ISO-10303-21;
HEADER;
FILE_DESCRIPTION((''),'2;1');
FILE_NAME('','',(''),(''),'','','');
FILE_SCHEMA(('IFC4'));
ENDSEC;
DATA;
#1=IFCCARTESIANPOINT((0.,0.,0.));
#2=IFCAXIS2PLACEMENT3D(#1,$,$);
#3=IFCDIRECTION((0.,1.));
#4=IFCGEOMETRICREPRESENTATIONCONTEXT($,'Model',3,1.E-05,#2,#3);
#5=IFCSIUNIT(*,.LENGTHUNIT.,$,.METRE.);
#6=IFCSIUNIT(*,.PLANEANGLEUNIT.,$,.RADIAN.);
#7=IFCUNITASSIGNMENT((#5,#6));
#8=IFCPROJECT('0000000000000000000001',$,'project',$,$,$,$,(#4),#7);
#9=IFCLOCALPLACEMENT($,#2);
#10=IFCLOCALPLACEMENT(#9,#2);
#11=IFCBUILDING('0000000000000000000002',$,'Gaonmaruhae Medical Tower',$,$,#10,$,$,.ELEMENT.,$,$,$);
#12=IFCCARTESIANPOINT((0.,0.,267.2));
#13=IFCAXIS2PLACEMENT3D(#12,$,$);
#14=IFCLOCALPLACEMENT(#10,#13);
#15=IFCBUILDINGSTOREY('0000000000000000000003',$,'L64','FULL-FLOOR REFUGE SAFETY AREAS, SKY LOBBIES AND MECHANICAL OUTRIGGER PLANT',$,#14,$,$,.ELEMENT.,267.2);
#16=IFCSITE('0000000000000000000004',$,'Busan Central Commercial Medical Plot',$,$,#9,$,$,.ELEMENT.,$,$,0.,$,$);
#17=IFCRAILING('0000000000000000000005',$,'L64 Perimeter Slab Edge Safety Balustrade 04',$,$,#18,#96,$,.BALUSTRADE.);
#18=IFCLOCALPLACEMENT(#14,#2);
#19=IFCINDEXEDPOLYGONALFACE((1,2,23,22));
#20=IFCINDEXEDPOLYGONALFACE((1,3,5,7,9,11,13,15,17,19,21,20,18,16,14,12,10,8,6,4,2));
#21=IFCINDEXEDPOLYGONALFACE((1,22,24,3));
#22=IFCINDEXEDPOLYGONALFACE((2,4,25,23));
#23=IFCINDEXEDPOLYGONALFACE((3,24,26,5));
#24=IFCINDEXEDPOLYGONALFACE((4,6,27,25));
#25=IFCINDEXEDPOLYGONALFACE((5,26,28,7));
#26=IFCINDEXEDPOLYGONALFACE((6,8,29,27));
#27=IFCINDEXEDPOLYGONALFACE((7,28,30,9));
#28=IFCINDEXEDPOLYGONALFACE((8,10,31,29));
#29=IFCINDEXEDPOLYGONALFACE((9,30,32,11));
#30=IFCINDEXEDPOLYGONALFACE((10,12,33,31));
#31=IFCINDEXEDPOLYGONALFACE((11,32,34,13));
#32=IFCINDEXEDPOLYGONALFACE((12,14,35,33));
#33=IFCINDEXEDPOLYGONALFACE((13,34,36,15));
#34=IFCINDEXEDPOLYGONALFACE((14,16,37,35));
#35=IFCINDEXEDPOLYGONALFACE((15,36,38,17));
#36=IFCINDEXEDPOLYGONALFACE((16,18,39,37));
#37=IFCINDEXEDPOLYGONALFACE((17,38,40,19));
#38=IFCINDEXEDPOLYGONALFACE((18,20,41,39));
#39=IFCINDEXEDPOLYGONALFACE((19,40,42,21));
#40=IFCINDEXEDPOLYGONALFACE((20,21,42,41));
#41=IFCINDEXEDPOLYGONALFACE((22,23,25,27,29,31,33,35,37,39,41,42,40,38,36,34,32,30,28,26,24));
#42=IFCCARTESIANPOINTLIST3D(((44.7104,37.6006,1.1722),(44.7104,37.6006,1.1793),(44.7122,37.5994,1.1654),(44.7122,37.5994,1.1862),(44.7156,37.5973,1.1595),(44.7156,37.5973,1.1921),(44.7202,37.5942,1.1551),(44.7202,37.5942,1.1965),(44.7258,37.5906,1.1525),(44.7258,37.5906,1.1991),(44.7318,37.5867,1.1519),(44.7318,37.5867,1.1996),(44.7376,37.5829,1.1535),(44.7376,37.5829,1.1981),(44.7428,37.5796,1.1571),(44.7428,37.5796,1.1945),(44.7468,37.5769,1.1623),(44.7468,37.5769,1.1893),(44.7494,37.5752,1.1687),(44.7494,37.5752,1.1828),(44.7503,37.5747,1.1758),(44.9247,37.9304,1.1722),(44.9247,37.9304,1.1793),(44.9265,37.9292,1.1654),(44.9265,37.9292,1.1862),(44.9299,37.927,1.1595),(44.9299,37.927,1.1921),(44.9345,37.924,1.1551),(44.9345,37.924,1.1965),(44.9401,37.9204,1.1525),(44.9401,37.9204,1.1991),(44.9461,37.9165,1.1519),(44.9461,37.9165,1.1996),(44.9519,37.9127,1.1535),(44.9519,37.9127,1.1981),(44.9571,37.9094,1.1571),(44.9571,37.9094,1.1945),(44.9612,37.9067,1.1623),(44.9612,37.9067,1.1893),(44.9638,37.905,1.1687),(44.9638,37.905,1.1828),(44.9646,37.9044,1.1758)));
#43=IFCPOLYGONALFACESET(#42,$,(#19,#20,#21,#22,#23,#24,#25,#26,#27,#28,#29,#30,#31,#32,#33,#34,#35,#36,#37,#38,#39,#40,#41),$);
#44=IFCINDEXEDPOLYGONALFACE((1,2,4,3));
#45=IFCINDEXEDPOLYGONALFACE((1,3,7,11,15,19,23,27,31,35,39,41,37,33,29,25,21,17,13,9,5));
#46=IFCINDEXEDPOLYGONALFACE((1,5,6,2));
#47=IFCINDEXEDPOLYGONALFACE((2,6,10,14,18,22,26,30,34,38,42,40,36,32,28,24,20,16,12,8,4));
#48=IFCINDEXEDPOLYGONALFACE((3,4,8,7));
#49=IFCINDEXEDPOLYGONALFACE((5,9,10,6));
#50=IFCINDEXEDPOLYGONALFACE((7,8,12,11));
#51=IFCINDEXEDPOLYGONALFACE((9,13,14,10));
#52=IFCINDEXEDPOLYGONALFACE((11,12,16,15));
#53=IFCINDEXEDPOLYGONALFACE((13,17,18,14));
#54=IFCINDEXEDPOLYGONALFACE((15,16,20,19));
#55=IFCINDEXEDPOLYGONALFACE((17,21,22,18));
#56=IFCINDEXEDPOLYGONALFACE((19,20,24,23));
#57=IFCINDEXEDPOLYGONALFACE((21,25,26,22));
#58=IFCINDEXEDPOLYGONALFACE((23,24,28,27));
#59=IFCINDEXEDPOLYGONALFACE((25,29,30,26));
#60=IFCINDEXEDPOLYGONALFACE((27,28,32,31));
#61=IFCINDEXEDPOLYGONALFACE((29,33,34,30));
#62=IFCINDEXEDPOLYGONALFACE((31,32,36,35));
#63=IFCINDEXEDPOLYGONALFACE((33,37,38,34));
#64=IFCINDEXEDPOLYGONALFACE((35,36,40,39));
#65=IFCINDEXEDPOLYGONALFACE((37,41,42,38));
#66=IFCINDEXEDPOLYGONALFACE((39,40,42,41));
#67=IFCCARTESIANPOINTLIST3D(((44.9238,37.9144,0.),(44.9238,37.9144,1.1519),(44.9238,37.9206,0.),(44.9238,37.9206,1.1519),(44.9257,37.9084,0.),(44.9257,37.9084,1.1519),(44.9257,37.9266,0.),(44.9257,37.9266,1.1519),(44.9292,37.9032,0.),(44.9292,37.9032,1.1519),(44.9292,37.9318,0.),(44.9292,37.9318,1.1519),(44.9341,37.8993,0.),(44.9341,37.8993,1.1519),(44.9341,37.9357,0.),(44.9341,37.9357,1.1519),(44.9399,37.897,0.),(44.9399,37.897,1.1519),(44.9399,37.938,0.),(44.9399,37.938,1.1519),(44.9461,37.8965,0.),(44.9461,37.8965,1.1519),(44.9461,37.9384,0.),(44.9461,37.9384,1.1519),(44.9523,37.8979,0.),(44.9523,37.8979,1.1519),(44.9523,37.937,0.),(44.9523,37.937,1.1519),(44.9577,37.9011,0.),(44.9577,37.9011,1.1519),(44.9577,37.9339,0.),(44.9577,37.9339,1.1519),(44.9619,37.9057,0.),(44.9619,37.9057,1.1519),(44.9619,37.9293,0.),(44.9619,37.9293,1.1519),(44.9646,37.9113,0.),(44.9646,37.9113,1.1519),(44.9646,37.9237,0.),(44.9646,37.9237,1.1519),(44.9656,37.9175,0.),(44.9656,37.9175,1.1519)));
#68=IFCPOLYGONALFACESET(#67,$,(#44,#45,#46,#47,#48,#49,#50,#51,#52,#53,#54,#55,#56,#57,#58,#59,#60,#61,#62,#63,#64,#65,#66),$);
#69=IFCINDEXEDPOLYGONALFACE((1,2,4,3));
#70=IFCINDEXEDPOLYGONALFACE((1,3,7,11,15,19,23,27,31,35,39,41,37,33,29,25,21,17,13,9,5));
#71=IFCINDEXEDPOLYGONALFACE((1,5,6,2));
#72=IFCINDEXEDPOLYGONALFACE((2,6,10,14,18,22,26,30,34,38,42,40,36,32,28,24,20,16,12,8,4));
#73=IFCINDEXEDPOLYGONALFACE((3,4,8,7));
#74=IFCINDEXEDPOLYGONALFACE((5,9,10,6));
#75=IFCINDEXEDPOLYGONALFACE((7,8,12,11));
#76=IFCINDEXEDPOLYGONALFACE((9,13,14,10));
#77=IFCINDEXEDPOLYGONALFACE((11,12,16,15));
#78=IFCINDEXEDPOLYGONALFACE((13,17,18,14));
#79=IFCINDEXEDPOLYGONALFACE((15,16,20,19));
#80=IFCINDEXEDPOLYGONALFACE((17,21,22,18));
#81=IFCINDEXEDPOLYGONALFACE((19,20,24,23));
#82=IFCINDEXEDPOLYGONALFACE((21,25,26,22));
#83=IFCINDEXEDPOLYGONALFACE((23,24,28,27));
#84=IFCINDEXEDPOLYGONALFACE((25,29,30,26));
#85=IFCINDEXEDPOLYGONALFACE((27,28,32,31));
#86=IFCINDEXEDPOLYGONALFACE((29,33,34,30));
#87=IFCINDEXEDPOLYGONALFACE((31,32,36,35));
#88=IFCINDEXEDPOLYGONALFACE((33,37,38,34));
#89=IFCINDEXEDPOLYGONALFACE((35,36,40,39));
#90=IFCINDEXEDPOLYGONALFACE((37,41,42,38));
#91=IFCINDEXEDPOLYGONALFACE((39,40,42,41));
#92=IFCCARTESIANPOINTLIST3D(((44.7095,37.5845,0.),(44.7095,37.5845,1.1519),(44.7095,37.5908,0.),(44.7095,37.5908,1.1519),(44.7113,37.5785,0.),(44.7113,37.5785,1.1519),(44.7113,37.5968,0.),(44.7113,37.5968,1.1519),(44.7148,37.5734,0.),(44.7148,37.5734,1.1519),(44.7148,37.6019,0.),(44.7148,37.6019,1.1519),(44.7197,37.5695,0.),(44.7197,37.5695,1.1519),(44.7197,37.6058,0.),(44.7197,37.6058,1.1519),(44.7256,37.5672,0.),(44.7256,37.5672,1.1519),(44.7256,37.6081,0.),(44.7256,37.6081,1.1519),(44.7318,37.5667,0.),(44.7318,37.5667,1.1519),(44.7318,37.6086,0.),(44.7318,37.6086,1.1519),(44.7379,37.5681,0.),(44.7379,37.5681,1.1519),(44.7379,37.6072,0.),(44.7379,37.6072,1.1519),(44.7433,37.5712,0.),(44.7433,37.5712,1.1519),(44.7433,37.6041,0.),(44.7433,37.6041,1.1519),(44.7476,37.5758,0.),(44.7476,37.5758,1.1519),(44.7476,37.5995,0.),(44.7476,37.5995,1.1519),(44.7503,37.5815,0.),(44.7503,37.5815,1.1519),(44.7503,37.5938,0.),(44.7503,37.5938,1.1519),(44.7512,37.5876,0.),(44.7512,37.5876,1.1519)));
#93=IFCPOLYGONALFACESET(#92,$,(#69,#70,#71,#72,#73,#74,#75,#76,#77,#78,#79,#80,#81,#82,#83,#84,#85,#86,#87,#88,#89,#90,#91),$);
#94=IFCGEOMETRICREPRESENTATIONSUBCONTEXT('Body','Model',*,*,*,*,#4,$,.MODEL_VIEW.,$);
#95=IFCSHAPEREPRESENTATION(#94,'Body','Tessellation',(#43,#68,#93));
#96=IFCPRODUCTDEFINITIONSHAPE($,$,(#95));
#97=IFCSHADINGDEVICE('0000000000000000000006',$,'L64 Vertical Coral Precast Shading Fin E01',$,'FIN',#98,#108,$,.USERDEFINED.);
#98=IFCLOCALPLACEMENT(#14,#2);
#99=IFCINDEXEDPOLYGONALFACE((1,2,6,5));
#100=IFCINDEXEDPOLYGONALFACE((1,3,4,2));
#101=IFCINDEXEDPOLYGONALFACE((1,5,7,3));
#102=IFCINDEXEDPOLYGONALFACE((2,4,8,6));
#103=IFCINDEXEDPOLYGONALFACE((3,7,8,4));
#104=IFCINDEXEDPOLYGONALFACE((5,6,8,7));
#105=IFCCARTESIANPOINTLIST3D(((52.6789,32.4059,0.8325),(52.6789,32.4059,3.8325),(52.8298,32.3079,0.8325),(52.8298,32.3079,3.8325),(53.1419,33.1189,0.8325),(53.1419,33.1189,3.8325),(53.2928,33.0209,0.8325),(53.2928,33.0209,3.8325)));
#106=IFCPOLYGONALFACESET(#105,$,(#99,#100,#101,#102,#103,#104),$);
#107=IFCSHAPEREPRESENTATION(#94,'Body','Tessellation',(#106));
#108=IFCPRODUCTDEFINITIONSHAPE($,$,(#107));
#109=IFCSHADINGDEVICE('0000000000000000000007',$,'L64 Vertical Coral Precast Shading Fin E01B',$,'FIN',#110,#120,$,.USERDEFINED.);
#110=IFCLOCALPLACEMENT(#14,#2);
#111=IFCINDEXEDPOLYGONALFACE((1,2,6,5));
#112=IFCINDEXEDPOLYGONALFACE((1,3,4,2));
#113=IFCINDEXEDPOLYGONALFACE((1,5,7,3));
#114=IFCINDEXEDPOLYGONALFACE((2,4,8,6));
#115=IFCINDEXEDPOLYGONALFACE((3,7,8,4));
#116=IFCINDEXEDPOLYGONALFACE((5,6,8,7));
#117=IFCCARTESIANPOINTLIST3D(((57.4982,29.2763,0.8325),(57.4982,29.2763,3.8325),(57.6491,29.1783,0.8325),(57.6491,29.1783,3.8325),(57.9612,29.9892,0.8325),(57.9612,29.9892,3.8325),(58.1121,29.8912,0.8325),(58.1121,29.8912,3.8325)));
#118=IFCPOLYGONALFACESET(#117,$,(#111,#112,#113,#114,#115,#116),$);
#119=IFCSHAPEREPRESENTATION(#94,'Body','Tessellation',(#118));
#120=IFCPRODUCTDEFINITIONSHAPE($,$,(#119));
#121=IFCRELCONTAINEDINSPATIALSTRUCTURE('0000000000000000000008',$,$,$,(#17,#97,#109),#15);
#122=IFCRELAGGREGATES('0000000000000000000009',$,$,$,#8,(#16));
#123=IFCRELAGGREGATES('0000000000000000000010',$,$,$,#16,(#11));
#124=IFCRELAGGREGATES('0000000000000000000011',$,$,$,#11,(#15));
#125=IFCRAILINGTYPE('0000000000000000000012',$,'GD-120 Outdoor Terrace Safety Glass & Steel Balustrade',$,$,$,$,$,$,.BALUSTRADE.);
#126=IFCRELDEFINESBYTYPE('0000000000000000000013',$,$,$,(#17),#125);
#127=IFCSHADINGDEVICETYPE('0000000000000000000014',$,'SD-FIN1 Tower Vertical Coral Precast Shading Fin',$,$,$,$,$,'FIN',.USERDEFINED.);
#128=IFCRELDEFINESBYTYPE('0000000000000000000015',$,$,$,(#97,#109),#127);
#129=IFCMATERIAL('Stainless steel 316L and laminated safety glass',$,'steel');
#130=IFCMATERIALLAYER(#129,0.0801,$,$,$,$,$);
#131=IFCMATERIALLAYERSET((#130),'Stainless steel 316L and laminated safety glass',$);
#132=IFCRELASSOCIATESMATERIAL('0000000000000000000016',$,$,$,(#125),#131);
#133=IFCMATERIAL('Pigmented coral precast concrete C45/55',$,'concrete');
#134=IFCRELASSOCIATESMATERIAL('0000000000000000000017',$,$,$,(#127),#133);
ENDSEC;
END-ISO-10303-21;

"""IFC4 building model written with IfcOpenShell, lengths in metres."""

from ifc_helpers import new_model, si_unit, direction, frame, origin, origin_2d, place, context, subcontext, project, spatial, rectangle, circle, extrude, material, layer, layer_set, type_object, element, save


model = new_model("IFC4")

# Units and contexts
model_context = context("Model", 3, precision=1e-05, world=origin(), true_north=direction((0.0, 1.0)))
body_context = subcontext(model_context, "Body", "Model", "MODEL_VIEW")
ifc_project = project(units=[si_unit("LENGTHUNIT", "METRE"), si_unit("PLANEANGLEUNIT", "RADIAN")], contexts=[model_context])

# Site, building, storey
site_placement = place(None, origin())
site = spatial("IfcSite", under=ifc_project, at=site_placement, Name="Busan Central Commercial Medical Plot", CompositionType="ELEMENT", RefElevation=0.0)
building_placement = place(site_placement, origin())
building = spatial("IfcBuilding", under=site, at=building_placement, Name="Gaonmaruhae Medical Tower", CompositionType="ELEMENT")
storey_placement = place(building_placement, frame((0.0, 0.0, 267.2)))
storey = spatial("IfcBuildingStorey", under=building, at=storey_placement, Name="L64", Description="FULL-FLOOR REFUGE SAFETY AREAS, SKY LOBBIES AND MECHANICAL OUTRIGGER PLANT", CompositionType="ELEMENT", Elevation=267.2)

# Railing
ifc_material_1 = material(Name="Stainless steel 316L and laminated safety glass", Category="steel")
ifc_layer_1 = layer(ifc_material_1, 0.0801)
ifc_layer_set_1 = layer_set([ifc_layer_1], Name="Stainless steel 316L and laminated safety glass")
railing_type = type_object("IfcRailingType", Name="GD-120 Outdoor Terrace Safety Glass & Steel Balustrade", PredefinedType="BALUSTRADE", material=ifc_layer_set_1)
railing_1_placement = place(storey_placement, frame((44.9446, 37.9175, 0.0)))
element("IfcRailing", 1, at=railing_1_placement, inside=storey, type_object=railing_type, Name="L64 Perimeter Slab Edge Safety Balustrade 04", PredefinedType="BALUSTRADE", context=body_context, shape_type="SweptSolid", body=[
    extrude(circle(Radius=0.0239, at=origin_2d()), frame((0.0, 0.0, 1.1758), z_axis=(-0.544923, -0.838486, 0.0), x_axis=(0.838486, -0.544923, 0.0)), (0.0, 0.0, 1.0), 0.3933),
    extrude(circle(Radius=0.021, at=origin_2d()), origin(), (0.0, 0.0, 1.0), 1.1519),
    extrude(circle(Radius=0.021, at=origin_2d()), frame((-0.2144, -0.3298, 0.0)), (0.0, 0.0, 1.0), 1.1519),
])

# Shading devices
ifc_material_2 = material(Name="Pigmented coral precast concrete C45/55", Category="concrete")
shading_device_type = type_object("IfcShadingDeviceType", Name="SD-FIN1 Tower Vertical Coral Precast Shading Fin", ElementType="FIN", PredefinedType="USERDEFINED", material=ifc_material_2)
for number, where, z_axis, x_axis, name in (
    (2, (52.9858, 32.7134, 0.8325), (0.0, 0.0, 1.0), (0.838671, -0.544639, 0.0), "L64 Vertical Coral Precast Shading Fin E01"),
    (3, (57.8052, 29.5837, 0.8325), (0.0, 0.0, 1.0), (0.838671, -0.544639, 0.0), "L64 Vertical Coral Precast Shading Fin E01B"),
):
    element("IfcShadingDevice", number, at=place(storey_placement, frame(where, z_axis=z_axis, x_axis=x_axis)), inside=storey, type_object=shading_device_type, Name=name, ObjectType="FIN", PredefinedType="USERDEFINED", context=body_context, shape_type="SweptSolid", body=[
        extrude(rectangle(XDim=0.1799, YDim=0.8501, at=origin_2d()), origin(), (0.0, 0.0, 1.0), 3.0),
    ])

save(model, "model.ifc")
